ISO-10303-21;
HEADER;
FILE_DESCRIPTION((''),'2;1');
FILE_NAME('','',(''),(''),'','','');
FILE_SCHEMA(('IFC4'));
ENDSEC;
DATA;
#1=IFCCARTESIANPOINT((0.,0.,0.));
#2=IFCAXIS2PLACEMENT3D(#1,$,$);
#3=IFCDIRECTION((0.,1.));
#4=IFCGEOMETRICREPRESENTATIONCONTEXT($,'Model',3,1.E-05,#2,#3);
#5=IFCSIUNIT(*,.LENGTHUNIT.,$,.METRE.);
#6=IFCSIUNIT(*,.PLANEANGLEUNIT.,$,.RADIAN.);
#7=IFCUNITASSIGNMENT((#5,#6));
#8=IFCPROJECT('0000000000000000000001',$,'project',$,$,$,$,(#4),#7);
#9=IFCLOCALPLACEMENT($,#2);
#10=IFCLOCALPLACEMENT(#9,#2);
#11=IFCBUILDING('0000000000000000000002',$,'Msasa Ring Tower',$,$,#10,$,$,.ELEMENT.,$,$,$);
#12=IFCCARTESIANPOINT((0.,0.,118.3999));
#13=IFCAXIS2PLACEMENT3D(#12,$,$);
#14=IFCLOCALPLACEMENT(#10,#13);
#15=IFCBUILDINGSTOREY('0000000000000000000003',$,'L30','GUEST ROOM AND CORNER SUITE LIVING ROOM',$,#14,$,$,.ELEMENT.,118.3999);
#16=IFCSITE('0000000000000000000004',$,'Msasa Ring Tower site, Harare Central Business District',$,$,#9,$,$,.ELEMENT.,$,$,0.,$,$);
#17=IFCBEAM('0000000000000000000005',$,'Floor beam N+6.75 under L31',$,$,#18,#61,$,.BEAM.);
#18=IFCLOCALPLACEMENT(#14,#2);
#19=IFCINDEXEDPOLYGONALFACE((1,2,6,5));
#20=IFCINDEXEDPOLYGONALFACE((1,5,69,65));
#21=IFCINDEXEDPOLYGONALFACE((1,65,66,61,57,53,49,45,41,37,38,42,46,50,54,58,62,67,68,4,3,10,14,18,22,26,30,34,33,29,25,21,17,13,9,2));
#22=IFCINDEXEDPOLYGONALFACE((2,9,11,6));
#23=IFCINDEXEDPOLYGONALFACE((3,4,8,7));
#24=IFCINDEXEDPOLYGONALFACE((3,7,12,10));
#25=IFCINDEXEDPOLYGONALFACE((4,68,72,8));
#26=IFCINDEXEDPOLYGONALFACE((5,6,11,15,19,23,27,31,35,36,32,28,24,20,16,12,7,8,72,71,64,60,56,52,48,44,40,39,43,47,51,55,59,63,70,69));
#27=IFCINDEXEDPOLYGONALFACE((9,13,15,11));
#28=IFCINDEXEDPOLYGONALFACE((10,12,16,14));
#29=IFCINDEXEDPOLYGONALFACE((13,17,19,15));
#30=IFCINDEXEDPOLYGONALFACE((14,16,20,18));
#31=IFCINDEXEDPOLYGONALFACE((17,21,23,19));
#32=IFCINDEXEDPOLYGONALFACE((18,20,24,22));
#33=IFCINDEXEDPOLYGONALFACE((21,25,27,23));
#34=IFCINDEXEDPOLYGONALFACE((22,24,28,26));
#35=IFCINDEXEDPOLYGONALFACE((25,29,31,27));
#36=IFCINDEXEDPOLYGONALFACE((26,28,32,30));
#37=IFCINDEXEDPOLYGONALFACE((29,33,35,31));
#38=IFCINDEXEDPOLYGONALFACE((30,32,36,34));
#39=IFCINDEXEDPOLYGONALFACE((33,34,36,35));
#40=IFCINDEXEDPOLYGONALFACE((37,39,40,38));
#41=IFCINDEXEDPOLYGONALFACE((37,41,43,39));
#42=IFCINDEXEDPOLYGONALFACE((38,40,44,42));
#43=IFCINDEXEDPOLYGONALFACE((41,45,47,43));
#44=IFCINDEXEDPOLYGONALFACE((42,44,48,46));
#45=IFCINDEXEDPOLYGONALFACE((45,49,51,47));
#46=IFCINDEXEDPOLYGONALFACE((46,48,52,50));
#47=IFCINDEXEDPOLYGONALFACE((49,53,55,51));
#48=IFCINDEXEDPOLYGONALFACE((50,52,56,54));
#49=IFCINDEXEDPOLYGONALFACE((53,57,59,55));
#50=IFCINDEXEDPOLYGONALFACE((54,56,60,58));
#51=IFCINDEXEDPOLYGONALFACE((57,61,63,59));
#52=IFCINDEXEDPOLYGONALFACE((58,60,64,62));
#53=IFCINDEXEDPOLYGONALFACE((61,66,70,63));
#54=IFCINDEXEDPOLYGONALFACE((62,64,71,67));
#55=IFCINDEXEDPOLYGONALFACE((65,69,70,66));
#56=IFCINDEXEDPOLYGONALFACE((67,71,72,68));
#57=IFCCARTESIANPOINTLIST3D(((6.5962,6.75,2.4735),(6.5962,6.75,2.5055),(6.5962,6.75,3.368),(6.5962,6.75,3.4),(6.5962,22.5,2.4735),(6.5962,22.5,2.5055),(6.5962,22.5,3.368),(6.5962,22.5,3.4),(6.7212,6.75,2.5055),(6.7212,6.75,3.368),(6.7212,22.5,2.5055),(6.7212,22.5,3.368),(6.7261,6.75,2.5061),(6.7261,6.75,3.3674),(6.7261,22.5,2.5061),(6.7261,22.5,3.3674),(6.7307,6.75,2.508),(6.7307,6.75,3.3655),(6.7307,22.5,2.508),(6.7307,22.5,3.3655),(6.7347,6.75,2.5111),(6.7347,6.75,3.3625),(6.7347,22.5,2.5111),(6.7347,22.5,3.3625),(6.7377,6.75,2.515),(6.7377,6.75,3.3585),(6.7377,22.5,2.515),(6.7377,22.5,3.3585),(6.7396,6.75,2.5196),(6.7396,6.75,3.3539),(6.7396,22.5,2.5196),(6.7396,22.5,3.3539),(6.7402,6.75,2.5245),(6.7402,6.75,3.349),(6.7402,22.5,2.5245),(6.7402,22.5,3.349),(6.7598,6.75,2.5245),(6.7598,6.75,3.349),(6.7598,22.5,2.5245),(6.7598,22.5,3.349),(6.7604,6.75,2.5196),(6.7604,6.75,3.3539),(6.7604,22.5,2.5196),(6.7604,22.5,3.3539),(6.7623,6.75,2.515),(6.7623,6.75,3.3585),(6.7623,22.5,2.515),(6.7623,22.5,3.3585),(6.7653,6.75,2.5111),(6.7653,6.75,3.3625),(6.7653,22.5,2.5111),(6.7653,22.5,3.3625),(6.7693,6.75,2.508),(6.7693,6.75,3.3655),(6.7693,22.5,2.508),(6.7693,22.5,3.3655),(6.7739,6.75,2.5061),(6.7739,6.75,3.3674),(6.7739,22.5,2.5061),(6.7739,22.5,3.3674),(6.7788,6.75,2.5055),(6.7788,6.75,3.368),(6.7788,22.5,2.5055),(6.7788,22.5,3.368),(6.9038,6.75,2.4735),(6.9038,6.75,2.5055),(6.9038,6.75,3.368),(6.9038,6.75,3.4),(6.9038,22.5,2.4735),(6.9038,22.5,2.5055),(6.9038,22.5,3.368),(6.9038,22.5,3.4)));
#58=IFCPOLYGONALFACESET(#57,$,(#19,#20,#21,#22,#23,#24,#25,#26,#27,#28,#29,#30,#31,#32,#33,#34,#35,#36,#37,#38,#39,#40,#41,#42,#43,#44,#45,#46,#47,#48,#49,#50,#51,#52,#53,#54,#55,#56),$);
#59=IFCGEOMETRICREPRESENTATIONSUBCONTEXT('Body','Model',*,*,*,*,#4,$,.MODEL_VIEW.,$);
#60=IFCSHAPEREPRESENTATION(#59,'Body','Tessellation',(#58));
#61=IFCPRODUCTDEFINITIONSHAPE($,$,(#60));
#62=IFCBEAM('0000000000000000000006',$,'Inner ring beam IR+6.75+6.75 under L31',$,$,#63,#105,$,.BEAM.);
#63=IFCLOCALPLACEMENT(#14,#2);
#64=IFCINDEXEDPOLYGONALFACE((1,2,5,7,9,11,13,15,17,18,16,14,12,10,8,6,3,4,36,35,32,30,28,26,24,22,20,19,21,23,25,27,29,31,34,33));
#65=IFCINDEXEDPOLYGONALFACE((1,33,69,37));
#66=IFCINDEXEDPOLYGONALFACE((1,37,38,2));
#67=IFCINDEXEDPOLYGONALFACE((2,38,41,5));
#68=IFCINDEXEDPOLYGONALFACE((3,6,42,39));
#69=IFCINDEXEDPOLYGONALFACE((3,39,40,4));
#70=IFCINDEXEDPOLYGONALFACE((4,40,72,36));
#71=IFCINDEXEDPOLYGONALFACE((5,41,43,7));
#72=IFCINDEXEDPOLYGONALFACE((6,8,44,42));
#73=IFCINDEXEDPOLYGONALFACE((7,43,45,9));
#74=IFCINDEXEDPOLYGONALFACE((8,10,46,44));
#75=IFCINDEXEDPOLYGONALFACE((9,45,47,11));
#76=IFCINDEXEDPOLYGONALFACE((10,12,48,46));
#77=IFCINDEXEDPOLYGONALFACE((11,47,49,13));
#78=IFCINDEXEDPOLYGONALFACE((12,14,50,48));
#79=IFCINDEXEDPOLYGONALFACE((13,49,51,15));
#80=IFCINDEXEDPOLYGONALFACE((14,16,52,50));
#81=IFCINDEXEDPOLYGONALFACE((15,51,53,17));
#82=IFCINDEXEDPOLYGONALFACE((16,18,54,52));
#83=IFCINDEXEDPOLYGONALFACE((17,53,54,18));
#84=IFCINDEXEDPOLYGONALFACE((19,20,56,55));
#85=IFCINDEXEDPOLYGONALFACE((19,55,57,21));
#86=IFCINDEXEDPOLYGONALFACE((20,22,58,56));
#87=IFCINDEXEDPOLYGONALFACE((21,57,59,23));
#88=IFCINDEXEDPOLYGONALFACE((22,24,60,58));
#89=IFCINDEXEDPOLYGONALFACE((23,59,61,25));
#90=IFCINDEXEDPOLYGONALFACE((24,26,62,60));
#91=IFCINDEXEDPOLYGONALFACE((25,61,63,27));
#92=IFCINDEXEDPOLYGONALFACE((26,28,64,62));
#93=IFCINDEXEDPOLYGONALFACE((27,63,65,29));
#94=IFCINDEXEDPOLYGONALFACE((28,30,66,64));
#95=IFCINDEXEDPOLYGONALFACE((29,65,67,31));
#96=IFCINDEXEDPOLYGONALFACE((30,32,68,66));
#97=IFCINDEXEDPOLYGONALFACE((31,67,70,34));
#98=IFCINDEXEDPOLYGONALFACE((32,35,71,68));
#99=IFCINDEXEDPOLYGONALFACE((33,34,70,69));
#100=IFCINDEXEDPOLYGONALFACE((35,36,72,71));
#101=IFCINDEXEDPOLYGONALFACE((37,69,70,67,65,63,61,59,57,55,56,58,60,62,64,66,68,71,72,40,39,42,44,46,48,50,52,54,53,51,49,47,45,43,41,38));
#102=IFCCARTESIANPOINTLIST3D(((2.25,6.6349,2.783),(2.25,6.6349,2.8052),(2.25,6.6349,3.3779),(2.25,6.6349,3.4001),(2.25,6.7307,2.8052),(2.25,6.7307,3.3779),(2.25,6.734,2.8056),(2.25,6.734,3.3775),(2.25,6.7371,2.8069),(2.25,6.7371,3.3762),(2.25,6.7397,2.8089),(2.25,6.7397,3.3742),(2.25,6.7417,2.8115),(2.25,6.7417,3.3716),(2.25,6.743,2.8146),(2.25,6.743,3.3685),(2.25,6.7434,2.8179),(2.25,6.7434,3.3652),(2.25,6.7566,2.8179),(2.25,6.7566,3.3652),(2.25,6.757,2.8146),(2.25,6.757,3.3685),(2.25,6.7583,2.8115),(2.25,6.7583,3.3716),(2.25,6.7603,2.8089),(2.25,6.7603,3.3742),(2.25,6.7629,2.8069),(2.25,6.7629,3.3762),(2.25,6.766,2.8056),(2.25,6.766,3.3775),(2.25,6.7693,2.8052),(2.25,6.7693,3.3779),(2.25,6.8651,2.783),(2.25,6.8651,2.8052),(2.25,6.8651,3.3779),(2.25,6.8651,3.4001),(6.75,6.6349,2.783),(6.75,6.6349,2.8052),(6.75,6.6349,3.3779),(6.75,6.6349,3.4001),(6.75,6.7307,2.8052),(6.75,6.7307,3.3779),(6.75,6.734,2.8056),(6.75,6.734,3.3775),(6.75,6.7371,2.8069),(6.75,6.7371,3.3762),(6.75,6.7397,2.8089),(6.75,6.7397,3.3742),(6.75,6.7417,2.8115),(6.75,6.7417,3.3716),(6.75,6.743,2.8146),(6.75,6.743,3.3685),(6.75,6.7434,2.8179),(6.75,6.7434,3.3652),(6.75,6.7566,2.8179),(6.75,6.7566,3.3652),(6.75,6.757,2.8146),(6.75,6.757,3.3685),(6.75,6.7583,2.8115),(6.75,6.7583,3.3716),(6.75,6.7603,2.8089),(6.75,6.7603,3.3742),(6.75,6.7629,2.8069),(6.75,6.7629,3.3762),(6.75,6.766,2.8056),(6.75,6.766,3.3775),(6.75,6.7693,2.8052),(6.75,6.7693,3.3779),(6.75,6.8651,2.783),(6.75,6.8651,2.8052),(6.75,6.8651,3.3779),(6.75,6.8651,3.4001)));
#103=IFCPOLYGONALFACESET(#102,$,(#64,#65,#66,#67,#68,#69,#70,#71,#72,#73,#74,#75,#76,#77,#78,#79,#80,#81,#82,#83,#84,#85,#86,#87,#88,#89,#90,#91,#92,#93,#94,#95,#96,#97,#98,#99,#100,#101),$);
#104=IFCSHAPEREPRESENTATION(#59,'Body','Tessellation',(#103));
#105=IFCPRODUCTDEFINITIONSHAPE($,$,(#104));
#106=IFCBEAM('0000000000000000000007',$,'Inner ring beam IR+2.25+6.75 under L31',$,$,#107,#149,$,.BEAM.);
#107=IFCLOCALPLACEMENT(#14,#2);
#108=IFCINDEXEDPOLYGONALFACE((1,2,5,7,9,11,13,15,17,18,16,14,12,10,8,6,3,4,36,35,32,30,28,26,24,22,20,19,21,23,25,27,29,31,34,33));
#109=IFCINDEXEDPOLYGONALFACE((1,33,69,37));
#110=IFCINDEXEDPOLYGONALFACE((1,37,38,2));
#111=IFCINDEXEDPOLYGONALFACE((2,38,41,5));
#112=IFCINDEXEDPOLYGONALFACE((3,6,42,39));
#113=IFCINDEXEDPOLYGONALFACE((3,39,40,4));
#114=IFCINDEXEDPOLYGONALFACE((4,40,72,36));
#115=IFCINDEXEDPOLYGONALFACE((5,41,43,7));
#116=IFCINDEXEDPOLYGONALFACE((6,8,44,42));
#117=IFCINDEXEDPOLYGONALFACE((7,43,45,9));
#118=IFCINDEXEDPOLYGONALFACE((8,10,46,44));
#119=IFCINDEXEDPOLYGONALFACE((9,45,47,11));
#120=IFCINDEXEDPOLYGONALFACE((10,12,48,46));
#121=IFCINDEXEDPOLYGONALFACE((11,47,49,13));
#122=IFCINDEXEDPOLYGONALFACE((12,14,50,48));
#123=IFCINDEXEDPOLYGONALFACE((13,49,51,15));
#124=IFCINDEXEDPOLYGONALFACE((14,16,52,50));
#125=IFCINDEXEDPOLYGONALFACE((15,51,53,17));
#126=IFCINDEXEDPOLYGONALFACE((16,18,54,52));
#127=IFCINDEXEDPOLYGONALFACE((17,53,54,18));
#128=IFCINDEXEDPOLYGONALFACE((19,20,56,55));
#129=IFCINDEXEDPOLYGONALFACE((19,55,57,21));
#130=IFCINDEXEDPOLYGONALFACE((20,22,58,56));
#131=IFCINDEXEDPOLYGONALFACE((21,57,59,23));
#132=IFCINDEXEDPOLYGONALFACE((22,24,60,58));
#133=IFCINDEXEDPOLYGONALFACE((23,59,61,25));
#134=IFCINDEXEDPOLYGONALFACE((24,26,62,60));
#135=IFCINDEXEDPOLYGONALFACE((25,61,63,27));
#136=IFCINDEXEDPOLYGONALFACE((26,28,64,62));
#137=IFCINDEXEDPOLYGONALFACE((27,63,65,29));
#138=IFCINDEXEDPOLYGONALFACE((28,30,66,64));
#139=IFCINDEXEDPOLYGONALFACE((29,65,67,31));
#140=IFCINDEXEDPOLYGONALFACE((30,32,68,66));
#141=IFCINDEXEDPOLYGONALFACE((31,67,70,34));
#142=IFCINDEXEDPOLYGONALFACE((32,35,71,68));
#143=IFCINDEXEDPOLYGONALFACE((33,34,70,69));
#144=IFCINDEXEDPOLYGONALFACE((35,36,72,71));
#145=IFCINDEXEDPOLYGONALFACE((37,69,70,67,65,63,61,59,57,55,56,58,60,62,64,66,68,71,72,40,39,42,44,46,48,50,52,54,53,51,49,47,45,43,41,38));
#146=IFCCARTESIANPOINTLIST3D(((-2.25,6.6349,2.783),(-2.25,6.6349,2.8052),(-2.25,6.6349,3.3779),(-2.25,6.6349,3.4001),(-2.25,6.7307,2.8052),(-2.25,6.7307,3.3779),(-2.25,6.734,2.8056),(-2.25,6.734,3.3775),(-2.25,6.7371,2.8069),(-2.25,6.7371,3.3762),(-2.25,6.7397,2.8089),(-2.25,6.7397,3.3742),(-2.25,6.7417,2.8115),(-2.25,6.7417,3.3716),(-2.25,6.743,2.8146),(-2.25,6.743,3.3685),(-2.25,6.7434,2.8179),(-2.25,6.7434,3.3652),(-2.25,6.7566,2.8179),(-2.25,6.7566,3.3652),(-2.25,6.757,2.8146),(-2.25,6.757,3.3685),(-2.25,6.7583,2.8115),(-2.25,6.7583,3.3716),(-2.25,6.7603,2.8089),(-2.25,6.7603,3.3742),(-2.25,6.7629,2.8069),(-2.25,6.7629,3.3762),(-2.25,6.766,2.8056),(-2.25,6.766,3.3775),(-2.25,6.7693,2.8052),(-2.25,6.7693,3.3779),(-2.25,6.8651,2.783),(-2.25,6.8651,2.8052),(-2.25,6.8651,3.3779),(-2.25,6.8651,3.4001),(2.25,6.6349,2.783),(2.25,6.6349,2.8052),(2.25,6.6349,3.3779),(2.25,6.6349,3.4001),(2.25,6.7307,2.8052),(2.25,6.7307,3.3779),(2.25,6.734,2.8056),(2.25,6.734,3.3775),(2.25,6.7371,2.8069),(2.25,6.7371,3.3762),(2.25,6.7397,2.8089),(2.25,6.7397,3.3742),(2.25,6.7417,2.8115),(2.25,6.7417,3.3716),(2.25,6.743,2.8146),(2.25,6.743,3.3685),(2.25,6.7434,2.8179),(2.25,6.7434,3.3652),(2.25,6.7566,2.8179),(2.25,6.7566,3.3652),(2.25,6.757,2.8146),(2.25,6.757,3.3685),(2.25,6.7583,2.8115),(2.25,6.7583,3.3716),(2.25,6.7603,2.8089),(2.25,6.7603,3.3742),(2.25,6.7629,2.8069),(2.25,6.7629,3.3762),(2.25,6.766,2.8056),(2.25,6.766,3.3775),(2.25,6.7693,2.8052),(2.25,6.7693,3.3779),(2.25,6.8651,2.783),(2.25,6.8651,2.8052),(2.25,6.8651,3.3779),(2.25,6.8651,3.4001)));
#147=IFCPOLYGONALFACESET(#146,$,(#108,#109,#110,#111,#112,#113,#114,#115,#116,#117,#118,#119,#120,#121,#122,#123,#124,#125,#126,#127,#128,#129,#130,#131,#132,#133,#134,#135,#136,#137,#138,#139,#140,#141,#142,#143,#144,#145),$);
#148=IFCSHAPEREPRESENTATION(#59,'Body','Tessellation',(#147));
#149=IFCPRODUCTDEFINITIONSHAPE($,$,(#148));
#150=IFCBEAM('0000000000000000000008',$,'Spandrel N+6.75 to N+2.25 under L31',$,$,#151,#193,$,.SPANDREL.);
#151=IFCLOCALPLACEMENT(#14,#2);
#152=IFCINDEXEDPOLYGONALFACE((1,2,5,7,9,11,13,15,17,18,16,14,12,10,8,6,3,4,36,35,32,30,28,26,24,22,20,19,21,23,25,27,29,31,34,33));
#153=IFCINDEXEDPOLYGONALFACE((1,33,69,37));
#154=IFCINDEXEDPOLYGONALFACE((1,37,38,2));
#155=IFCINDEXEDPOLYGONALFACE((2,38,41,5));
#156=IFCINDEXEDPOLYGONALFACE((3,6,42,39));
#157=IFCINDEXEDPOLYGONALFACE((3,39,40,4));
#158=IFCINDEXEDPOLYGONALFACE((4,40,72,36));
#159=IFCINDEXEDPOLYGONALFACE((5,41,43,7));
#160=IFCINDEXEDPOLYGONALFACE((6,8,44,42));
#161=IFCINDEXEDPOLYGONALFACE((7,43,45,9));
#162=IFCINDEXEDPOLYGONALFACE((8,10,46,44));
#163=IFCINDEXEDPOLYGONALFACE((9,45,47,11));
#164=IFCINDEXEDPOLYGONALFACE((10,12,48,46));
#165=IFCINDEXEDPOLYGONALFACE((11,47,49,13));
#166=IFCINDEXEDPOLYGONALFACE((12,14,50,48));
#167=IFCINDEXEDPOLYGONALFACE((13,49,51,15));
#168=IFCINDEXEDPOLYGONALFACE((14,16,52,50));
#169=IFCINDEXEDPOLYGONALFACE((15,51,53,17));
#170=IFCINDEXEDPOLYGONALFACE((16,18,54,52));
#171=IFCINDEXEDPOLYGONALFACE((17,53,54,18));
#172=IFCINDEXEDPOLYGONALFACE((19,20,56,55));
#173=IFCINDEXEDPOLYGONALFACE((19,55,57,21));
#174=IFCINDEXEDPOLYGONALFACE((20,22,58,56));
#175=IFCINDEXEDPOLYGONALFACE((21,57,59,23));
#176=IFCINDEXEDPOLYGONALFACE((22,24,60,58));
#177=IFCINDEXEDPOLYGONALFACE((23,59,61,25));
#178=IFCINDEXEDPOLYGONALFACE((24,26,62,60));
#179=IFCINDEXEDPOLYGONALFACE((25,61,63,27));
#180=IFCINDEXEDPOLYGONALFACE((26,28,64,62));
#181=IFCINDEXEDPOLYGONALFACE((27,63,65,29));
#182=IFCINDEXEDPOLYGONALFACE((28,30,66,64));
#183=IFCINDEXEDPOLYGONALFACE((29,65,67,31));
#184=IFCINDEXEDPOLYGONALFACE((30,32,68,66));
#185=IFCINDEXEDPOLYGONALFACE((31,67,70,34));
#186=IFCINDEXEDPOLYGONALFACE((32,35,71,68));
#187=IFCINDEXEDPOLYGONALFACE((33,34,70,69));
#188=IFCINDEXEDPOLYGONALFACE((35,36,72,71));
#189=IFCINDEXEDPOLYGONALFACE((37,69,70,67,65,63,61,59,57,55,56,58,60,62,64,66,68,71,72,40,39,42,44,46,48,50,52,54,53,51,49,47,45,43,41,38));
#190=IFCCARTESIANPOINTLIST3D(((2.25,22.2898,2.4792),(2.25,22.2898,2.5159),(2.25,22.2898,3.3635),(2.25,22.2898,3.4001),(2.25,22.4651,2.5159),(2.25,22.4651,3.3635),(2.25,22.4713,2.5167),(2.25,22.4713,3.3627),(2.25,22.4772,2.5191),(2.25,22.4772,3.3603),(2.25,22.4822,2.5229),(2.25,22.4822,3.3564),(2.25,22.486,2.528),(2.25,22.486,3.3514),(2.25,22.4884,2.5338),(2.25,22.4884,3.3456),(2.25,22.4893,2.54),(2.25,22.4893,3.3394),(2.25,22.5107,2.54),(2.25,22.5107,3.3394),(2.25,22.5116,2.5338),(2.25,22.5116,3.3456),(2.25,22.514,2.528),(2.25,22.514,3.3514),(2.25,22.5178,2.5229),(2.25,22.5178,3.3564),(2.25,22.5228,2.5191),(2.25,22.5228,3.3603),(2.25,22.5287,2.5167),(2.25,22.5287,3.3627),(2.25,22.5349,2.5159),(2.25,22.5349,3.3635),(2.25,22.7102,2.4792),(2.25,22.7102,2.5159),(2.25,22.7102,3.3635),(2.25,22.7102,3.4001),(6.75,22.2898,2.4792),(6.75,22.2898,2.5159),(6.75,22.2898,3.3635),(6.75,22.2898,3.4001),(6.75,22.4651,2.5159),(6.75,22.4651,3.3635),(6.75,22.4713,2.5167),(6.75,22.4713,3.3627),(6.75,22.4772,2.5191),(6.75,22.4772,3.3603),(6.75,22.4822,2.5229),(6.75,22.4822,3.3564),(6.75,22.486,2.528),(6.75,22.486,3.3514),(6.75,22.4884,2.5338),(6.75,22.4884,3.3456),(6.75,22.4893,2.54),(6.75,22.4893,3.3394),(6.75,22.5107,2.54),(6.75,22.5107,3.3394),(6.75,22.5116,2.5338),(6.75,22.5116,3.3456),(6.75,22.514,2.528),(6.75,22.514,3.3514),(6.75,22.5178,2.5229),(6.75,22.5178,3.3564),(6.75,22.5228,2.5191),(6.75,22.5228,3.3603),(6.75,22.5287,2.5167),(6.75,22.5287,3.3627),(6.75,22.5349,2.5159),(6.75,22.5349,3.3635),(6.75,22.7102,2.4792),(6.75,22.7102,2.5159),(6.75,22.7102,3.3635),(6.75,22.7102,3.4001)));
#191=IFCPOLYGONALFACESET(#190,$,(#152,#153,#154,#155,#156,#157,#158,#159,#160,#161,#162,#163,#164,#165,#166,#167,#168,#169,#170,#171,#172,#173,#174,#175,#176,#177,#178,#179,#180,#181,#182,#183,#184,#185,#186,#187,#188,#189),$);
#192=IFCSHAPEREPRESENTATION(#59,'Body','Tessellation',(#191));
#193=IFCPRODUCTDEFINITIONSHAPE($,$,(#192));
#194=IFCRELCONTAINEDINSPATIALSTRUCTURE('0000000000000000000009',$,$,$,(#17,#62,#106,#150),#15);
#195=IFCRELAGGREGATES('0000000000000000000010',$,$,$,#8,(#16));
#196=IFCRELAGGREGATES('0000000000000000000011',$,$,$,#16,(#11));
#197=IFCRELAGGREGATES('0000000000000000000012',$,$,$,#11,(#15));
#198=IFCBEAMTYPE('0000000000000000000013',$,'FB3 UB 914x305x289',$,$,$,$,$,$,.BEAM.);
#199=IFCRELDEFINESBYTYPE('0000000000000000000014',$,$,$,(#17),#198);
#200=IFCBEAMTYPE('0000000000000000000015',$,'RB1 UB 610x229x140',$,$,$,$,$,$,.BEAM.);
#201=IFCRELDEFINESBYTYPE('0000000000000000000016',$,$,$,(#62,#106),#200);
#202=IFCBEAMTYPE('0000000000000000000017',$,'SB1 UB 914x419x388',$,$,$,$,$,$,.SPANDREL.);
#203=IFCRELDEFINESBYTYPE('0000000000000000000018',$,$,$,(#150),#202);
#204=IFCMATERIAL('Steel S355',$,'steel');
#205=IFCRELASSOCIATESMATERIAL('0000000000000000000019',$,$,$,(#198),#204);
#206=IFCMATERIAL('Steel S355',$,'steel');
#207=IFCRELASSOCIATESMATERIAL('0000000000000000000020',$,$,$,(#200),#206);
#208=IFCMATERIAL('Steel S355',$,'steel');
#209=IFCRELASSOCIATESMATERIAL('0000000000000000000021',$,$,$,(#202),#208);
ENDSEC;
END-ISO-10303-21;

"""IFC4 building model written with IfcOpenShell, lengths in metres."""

from ifc_helpers import new_model, si_unit, direction, frame, origin, origin_2d, place, context, subcontext, project, spatial, i_section, extrude, material, material_profile, profile_set, type_object, element, save


model = new_model("IFC4")

# Units and contexts
model_context = context("Model", 3, precision=1e-05, world=origin(), true_north=direction((0.0, 1.0)))
body_context = subcontext(model_context, "Body", "Model", "MODEL_VIEW")
ifc_project = project(units=[si_unit("LENGTHUNIT", "METRE"), si_unit("PLANEANGLEUNIT", "RADIAN")], contexts=[model_context])

# Site, building, storey
site_placement = place(None, origin())
site = spatial("IfcSite", under=ifc_project, at=site_placement, Name="Msasa Ring Tower site, Harare Central Business District", CompositionType="ELEMENT", RefElevation=0.0)
building_placement = place(site_placement, origin())
building = spatial("IfcBuilding", under=site, at=building_placement, Name="Msasa Ring Tower", CompositionType="ELEMENT")
storey_placement = place(building_placement, frame((0.0, 0.0, 118.3999)))
storey = spatial("IfcBuildingStorey", under=building, at=storey_placement, Name="L30", Description="GUEST ROOM AND CORNER SUITE LIVING ROOM", CompositionType="ELEMENT", Elevation=118.3999)

# Beams
ifc_material_1 = material(Name="Steel S355", Category="steel")
ifc_material_profile_1 = material_profile(ifc_material_1, i_section(OverallWidth=0.3076, OverallDepth=0.9265, WebThickness=0.0195, FlangeThickness=0.032, FilletRadius=0.019, at=origin_2d()), Name="UB 914x305x289")
ifc_profile_set_1 = profile_set([ifc_material_profile_1], Name="Steel S355")
beam_type_1 = type_object("IfcBeamType", Name="FB3 UB 914x305x289", PredefinedType="BEAM", material=ifc_profile_set_1)
for number, where, z_axis, x_axis, name in (
    (1, (6.75, 22.5, 2.9368), (0.0, -1.0, 0.0), (1.0, 0.0, 0.0), "Floor beam N+6.75 under L31"),
):
    element("IfcBeam", number, at=place(storey_placement, frame(where, z_axis=z_axis, x_axis=x_axis)), inside=storey, type_object=beam_type_1, Name=name, PredefinedType="BEAM", context=body_context, shape_type="SweptSolid", body=[
        extrude(i_section(OverallWidth=0.3076, OverallDepth=0.9265, WebThickness=0.0195, FlangeThickness=0.032, FilletRadius=0.019, at=origin_2d()), origin(), (0.0, 0.0, 1.0), 15.75),
    ])
ifc_material_2 = material(Name="Steel S355", Category="steel")
ifc_material_profile_2 = material_profile(ifc_material_2, i_section(OverallWidth=0.2302, OverallDepth=0.6172, WebThickness=0.0132, FlangeThickness=0.0222, FilletRadius=0.0127, at=origin_2d()), Name="UB 610x229x140")
ifc_profile_set_2 = profile_set([ifc_material_profile_2], Name="Steel S355")
beam_type_2 = type_object("IfcBeamType", Name="RB1 UB 610x229x140", PredefinedType="BEAM", material=ifc_profile_set_2)
for number, where, z_axis, x_axis, name in (
    (2, (6.75, 6.75, 3.0916), (-1.0, 0.0, 0.0), (0.0, -1.0, 0.0), "Inner ring beam IR+6.75+6.75 under L31"),
    (3, (2.25, 6.75, 3.0916), (-1.0, 0.0, 0.0), (0.0, -1.0, 0.0), "Inner ring beam IR+2.25+6.75 under L31"),
):
    element("IfcBeam", number, at=place(storey_placement, frame(where, z_axis=z_axis, x_axis=x_axis)), inside=storey, type_object=beam_type_2, Name=name, PredefinedType="BEAM", context=body_context, shape_type="SweptSolid", body=[
        extrude(i_section(OverallWidth=0.2302, OverallDepth=0.6172, WebThickness=0.0132, FlangeThickness=0.0222, FilletRadius=0.0127, at=origin_2d()), origin(), (0.0, 0.0, 1.0), 4.5),
    ])
ifc_material_3 = material(Name="Steel S355", Category="steel")
ifc_material_profile_3 = material_profile(ifc_material_3, i_section(OverallWidth=0.4204, OverallDepth=0.9209, WebThickness=0.0215, FlangeThickness=0.0366, FilletRadius=0.0242, at=origin_2d()), Name="UB 914x419x388")
ifc_profile_set_3 = profile_set([ifc_material_profile_3], Name="Steel S355")
beam_type_3 = type_object("IfcBeamType", Name="SB1 UB 914x419x388", PredefinedType="SPANDREL", material=ifc_profile_set_3)
for number, where, z_axis, x_axis, name in (
    (4, (6.75, 22.5, 2.9397), (-1.0, 0.0, 0.0), (0.0, -1.0, 0.0), "Spandrel N+6.75 to N+2.25 under L31"),
):
    element("IfcBeam", number, at=place(storey_placement, frame(where, z_axis=z_axis, x_axis=x_axis)), inside=storey, type_object=beam_type_3, Name=name, PredefinedType="SPANDREL", context=body_context, shape_type="SweptSolid", body=[
        extrude(i_section(OverallWidth=0.4204, OverallDepth=0.9209, WebThickness=0.0215, FlangeThickness=0.0366, FilletRadius=0.0242, at=origin_2d()), origin(), (0.0, 0.0, 1.0), 4.5),
    ])

save(model, "model.ifc")
